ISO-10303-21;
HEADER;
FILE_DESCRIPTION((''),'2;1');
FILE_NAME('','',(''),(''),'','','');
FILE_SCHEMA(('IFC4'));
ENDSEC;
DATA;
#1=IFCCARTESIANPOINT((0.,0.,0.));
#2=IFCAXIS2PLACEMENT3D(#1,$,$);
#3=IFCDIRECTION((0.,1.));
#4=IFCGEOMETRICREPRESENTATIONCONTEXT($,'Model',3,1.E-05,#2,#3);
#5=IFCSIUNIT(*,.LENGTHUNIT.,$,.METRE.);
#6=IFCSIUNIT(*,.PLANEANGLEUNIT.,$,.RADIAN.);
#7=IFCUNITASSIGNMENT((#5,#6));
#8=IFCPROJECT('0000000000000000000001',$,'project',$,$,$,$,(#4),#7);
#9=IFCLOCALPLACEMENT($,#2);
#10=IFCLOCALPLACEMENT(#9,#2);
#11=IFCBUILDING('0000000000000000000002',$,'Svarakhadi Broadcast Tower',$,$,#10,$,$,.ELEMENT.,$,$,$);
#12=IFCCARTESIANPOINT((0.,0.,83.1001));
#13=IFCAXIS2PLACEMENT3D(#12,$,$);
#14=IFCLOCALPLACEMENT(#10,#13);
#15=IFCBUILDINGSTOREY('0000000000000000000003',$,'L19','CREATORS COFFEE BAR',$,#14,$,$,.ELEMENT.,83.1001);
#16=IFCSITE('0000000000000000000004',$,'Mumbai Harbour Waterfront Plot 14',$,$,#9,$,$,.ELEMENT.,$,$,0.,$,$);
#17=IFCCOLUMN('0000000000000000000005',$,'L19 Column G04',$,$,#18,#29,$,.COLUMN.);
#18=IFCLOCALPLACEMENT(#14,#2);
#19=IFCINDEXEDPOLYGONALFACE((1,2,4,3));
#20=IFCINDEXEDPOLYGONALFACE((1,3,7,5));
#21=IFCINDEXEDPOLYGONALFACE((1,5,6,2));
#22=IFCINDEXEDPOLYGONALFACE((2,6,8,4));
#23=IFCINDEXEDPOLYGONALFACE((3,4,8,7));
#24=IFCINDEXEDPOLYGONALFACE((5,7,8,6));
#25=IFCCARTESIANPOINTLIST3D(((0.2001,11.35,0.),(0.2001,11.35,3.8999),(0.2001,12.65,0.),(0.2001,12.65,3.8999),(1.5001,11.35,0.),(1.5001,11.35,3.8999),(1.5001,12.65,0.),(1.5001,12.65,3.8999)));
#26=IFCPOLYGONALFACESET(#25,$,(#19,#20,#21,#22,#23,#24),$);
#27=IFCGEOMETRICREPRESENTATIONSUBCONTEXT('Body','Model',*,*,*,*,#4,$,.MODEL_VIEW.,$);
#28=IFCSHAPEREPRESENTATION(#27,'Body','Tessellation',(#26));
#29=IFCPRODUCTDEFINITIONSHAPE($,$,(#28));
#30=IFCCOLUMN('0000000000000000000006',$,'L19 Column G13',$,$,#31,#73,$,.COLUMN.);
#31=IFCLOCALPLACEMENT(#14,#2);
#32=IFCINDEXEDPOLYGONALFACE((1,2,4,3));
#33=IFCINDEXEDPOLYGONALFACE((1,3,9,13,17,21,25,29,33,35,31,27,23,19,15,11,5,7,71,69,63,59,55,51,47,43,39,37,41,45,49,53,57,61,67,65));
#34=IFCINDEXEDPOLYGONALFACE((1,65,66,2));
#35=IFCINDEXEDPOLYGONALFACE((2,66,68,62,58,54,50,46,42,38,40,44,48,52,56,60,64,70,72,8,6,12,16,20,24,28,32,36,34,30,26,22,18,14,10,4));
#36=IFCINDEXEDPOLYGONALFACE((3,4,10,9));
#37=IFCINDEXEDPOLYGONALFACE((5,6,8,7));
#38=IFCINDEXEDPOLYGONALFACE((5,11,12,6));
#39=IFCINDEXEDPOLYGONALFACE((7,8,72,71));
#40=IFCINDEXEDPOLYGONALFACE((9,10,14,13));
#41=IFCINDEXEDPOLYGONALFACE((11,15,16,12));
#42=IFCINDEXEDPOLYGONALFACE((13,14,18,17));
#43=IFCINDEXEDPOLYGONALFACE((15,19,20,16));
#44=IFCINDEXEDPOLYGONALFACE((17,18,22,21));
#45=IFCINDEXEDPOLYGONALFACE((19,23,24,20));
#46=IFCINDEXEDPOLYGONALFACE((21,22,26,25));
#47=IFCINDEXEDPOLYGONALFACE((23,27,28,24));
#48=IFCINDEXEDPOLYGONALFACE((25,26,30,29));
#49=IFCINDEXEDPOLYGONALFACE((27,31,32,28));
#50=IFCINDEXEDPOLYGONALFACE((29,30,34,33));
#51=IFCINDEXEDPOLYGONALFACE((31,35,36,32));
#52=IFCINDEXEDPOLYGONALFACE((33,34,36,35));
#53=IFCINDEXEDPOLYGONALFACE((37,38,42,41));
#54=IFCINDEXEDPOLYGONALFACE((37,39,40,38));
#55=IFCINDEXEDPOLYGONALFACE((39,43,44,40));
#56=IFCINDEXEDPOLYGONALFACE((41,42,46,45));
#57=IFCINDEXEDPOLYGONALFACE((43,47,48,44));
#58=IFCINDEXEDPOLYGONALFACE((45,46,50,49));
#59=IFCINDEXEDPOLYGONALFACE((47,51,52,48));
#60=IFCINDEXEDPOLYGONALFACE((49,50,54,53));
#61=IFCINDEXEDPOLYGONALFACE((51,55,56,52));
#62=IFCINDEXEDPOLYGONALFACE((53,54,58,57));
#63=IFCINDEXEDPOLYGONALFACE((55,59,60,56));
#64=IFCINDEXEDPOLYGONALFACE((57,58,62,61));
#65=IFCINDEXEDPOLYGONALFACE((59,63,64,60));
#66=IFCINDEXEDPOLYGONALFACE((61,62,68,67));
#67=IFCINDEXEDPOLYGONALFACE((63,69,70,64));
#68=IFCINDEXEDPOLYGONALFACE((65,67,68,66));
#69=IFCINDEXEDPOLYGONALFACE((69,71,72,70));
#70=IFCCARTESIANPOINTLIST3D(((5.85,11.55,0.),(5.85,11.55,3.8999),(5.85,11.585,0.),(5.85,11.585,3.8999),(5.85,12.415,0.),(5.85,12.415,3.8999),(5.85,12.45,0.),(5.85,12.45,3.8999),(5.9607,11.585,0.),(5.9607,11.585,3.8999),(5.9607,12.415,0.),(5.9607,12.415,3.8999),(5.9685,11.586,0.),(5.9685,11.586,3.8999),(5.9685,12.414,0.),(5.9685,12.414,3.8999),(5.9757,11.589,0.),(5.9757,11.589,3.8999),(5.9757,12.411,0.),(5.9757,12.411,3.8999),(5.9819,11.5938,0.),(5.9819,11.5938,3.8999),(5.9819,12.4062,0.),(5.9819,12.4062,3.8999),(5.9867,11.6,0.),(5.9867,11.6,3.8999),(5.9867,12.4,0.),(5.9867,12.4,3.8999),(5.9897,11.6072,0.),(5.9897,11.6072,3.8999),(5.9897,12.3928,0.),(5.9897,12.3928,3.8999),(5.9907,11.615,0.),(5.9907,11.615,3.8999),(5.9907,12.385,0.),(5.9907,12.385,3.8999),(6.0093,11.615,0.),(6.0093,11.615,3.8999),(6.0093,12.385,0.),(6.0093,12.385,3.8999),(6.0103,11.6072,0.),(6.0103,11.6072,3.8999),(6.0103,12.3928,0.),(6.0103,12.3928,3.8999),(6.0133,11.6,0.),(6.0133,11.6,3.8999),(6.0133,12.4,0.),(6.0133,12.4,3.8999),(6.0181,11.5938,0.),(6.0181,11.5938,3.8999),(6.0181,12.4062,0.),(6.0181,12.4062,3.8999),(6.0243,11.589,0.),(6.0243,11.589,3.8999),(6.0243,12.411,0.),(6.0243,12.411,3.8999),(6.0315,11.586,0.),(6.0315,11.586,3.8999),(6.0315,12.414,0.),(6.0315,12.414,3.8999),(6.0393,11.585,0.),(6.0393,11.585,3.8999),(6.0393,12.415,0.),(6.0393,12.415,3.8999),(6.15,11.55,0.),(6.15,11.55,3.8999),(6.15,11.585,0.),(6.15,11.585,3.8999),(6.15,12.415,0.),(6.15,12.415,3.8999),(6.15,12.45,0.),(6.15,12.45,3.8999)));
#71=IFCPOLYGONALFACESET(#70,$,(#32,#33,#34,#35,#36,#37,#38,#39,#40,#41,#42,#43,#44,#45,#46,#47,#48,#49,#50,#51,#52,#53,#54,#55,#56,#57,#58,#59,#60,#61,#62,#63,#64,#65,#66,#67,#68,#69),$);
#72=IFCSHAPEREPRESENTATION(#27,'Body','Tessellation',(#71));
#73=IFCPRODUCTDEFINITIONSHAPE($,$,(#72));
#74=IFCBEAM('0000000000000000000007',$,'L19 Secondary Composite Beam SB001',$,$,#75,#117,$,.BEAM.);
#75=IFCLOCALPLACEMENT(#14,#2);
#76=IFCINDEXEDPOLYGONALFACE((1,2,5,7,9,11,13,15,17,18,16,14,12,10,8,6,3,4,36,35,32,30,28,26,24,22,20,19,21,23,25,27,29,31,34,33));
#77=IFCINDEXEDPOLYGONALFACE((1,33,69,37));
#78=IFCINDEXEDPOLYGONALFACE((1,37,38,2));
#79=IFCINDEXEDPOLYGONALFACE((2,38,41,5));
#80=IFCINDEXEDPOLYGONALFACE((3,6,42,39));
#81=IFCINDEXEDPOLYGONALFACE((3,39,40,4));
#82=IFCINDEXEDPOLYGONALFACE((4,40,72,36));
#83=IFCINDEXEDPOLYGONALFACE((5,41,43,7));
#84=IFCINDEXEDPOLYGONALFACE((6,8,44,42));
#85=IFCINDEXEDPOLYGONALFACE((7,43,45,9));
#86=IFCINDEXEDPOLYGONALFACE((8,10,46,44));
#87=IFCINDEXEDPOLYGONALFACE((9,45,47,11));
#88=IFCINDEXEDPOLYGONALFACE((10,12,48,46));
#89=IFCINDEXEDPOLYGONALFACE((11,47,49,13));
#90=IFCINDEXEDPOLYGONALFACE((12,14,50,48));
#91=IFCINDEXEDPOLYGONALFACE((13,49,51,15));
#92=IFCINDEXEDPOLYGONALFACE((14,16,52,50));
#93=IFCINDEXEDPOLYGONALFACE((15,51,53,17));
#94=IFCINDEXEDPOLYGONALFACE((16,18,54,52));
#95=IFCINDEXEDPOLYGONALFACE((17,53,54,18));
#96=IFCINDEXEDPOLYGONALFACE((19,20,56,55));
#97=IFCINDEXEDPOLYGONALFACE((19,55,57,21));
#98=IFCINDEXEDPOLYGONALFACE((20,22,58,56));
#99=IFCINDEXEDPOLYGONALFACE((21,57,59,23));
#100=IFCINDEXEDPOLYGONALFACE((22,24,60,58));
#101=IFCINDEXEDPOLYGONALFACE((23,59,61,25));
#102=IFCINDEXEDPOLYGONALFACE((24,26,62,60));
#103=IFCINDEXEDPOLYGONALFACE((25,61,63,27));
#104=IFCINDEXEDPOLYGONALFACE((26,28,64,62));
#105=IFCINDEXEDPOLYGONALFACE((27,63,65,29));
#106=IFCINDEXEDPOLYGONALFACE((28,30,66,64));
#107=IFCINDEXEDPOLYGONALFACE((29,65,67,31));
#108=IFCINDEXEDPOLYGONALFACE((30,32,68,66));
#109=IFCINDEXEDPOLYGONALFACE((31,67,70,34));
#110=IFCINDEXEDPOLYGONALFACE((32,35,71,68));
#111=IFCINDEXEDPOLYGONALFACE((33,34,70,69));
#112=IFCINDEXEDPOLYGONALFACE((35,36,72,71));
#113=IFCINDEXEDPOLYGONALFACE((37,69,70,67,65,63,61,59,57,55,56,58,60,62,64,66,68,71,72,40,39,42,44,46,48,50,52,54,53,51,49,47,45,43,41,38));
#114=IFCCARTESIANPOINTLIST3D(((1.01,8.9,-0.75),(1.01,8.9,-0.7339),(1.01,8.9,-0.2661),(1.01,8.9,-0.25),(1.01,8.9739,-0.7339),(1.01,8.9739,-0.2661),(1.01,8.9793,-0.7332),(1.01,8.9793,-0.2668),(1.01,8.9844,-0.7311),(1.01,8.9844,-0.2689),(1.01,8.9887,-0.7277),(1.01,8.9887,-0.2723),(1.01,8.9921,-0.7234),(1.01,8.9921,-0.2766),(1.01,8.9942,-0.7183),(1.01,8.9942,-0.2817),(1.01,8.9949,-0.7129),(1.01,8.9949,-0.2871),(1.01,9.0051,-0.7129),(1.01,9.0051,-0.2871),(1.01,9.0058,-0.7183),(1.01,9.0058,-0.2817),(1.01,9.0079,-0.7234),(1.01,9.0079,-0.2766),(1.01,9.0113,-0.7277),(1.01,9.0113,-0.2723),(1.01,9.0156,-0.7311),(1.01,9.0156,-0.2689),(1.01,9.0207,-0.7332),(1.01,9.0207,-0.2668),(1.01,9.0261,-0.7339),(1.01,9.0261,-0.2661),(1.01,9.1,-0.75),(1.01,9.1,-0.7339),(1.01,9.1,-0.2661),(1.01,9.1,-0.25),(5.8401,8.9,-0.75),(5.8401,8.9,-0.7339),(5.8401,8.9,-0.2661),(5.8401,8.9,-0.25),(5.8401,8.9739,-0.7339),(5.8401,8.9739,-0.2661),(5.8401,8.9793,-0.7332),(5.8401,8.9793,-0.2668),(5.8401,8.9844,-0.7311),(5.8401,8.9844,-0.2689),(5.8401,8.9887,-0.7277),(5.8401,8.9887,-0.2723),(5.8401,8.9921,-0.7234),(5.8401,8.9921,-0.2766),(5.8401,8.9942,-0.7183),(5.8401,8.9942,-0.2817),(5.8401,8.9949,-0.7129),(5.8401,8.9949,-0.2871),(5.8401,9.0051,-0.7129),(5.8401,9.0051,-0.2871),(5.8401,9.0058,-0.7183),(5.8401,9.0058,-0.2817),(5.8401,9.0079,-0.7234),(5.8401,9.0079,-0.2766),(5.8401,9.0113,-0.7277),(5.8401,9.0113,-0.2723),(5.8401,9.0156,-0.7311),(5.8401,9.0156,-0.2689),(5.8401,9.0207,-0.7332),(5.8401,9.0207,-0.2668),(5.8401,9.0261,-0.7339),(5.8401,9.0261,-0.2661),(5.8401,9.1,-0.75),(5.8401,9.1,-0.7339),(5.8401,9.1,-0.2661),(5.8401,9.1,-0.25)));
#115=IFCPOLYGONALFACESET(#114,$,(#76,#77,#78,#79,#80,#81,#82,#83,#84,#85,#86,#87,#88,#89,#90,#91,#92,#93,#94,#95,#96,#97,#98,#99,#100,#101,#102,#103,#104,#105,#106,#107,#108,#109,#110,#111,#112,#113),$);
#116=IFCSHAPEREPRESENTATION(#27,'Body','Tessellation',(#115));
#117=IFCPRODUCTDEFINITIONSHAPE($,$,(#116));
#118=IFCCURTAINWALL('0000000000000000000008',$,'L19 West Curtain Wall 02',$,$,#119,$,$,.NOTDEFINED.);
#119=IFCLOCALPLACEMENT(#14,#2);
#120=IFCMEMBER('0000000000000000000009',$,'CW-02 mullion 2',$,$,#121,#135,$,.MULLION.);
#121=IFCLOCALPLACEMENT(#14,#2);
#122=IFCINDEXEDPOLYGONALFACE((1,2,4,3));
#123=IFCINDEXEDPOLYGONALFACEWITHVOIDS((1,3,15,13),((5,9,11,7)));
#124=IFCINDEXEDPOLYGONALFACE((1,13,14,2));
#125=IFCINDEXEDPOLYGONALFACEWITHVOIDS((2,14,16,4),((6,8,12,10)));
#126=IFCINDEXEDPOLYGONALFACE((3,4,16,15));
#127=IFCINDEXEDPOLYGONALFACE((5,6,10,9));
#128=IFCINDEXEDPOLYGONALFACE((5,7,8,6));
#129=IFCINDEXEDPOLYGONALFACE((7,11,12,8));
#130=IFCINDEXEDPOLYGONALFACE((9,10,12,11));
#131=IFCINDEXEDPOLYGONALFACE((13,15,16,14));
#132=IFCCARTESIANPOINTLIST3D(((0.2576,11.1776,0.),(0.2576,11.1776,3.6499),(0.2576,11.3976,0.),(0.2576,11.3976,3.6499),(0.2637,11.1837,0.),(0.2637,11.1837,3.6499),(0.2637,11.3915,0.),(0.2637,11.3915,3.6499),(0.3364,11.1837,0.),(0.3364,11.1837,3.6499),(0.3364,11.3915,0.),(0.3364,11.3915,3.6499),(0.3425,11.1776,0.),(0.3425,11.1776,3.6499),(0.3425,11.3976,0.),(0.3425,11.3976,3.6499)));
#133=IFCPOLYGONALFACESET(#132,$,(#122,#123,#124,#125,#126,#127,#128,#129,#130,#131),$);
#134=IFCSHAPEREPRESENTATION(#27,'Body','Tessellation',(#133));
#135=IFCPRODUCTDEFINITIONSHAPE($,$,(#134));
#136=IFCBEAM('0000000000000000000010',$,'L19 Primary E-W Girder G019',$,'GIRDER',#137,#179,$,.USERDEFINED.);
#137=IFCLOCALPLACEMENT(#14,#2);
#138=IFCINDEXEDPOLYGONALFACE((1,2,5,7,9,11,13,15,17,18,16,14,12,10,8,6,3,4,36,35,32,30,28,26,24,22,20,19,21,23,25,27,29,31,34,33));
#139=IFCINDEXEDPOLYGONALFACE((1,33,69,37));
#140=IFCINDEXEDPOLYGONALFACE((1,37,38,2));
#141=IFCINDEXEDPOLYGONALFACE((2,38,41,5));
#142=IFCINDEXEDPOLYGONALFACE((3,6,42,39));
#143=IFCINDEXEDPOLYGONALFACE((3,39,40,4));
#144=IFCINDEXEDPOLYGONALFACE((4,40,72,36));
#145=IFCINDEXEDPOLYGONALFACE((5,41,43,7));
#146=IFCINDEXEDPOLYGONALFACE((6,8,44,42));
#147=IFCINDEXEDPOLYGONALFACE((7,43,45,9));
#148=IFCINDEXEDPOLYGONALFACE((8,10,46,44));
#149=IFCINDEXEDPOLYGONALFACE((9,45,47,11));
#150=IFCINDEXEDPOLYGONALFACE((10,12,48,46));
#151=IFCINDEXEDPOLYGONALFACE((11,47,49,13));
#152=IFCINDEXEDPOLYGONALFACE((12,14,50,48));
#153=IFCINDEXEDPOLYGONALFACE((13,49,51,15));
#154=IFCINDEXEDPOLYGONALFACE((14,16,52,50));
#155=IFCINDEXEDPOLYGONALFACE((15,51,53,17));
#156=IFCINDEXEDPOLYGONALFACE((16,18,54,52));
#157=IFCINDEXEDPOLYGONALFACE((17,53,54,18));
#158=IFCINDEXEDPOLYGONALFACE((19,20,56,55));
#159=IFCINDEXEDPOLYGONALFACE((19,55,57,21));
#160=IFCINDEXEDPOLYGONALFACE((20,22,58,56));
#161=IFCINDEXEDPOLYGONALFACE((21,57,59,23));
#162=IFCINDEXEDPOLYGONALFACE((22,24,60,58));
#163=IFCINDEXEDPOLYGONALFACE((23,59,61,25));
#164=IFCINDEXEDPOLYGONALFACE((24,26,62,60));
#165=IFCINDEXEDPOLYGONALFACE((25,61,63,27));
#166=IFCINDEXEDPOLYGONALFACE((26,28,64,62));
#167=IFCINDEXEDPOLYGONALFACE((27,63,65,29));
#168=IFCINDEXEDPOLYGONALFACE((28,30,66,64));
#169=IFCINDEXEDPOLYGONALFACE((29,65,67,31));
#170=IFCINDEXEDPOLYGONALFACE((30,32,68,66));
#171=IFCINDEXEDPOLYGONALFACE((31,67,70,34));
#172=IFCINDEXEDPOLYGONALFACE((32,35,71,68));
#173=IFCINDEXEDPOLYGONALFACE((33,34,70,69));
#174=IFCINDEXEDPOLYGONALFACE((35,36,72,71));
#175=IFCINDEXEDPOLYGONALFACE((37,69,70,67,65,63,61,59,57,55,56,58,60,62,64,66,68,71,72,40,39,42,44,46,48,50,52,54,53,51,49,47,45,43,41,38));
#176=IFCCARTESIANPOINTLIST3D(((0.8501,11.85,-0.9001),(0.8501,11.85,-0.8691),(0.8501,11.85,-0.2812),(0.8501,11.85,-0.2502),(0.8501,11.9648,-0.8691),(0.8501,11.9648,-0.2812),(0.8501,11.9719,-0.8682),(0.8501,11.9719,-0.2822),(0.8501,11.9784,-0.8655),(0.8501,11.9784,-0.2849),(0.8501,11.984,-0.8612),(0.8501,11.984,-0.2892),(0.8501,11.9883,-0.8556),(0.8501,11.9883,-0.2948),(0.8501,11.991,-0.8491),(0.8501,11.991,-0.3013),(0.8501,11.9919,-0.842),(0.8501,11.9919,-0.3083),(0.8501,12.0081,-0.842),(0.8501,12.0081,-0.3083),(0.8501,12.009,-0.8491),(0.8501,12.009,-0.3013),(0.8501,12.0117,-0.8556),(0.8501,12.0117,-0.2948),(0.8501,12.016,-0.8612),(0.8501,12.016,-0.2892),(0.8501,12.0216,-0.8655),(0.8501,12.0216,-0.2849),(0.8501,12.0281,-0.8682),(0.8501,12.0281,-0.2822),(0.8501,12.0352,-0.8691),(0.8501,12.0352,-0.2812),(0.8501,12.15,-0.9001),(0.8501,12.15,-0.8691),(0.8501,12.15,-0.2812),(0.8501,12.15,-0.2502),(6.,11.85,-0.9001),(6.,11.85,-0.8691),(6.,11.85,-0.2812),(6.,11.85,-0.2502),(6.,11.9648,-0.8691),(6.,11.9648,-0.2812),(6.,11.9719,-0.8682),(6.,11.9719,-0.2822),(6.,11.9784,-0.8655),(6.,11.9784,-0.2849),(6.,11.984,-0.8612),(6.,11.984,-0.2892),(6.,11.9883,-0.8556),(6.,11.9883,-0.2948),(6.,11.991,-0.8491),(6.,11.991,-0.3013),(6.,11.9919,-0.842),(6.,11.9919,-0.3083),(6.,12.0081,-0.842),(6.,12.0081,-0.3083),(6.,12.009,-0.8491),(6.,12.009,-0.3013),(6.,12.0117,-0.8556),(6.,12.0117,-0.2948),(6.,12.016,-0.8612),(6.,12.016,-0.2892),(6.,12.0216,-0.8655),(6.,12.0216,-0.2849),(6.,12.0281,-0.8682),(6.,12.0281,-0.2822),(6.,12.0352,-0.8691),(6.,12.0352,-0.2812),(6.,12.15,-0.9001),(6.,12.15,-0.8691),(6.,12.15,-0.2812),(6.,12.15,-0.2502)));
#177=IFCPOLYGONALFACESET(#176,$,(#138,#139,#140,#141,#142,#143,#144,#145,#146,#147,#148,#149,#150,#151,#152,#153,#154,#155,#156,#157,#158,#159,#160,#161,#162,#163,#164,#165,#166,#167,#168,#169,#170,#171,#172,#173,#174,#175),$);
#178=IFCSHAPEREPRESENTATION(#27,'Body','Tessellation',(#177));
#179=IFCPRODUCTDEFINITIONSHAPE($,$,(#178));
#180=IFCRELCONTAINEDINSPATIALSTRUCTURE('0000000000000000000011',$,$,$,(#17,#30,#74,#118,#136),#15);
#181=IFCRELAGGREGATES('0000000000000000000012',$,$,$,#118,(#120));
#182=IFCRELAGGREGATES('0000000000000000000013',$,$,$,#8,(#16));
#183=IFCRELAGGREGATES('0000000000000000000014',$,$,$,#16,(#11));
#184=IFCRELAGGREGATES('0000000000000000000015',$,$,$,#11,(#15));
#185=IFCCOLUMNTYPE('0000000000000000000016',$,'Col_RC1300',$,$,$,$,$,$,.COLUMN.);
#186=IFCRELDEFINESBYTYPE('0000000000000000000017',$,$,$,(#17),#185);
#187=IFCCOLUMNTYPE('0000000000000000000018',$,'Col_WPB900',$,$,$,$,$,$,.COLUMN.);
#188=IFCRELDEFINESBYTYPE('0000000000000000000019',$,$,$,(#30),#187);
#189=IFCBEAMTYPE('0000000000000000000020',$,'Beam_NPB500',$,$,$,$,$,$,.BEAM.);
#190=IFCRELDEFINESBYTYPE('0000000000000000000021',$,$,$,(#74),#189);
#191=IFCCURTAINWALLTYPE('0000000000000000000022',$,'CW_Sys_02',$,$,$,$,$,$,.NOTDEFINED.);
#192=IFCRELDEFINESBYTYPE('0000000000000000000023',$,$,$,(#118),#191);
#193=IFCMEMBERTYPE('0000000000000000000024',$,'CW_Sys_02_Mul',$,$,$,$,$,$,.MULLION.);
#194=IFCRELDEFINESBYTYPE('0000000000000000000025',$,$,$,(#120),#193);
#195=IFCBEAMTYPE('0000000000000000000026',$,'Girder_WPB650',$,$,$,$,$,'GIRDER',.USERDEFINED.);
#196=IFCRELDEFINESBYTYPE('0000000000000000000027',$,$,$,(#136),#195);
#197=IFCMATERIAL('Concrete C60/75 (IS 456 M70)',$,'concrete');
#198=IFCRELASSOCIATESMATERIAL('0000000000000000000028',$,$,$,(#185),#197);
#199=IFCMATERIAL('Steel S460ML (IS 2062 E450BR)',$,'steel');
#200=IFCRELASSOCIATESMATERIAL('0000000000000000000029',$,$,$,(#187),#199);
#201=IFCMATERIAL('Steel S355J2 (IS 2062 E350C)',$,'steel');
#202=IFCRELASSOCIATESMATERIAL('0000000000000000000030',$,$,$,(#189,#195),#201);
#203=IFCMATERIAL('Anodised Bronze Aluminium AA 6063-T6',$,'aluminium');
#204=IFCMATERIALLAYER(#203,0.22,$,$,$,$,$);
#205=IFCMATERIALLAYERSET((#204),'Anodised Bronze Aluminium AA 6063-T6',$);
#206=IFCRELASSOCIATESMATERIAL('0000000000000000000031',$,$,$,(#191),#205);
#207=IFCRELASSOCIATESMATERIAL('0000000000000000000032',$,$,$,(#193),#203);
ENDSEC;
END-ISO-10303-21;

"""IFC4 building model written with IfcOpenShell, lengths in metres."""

from ifc_helpers import new_model, si_unit, direction, frame, origin, origin_2d, place, context, subcontext, project, spatial, rectangle, hollow_rectangle, i_section, extrude, material, layer, layer_set, material_profile, profile_set, type_object, element, aggregate, save


model = new_model("IFC4")

# Units and contexts
model_context = context("Model", 3, precision=1e-05, world=origin(), true_north=direction((0.0, 1.0)))
body_context = subcontext(model_context, "Body", "Model", "MODEL_VIEW")
ifc_project = project(units=[si_unit("LENGTHUNIT", "METRE"), si_unit("PLANEANGLEUNIT", "RADIAN")], contexts=[model_context])

# Site, building, storey
site_placement = place(None, origin())
site = spatial("IfcSite", under=ifc_project, at=site_placement, Name="Mumbai Harbour Waterfront Plot 14", CompositionType="ELEMENT", RefElevation=0.0)
building_placement = place(site_placement, origin())
building = spatial("IfcBuilding", under=site, at=building_placement, Name="Svarakhadi Broadcast Tower", CompositionType="ELEMENT")
storey_placement = place(building_placement, frame((0.0, 0.0, 83.1001)))
storey = spatial("IfcBuildingStorey", under=building, at=storey_placement, Name="L19", Description="CREATORS COFFEE BAR", CompositionType="ELEMENT", Elevation=83.1001)

# Columns
ifc_material_1 = material(Name="Concrete C60/75 (IS 456 M70)", Category="concrete")
ifc_material_profile_1 = material_profile(ifc_material_1, rectangle(XDim=1.3, YDim=1.3, at=origin_2d()), Name="RC 1300x1300")
ifc_profile_set_1 = profile_set([ifc_material_profile_1], Name="Concrete C60/75 (IS 456 M70)")
column_type_1 = type_object("IfcColumnType", Name="Col_RC1300", PredefinedType="COLUMN", material=ifc_profile_set_1)
column_1_placement = place(storey_placement, frame((0.8501, 12.0, 0.0), z_axis=(0.0, 0.0, 1.0), x_axis=(1.0, 0.0, 0.0)))
element("IfcColumn", 1, at=column_1_placement, inside=storey, type_object=column_type_1, Name="L19 Column G04", PredefinedType="COLUMN", context=body_context, shape_type="SweptSolid", body=[
    extrude(rectangle(XDim=1.3, YDim=1.3, at=origin_2d()), origin(), (0.0, 0.0, 1.0), 3.8999),
])
ifc_material_2 = material(Name="Steel S460ML (IS 2062 E450BR)", Category="steel")
ifc_material_profile_2 = material_profile(ifc_material_2, i_section(OverallWidth=0.3, OverallDepth=0.8999, WebThickness=0.0186, FlangeThickness=0.0349, FilletRadius=0.03, at=origin_2d()), Name="WPB 900x300x291")
ifc_profile_set_2 = profile_set([ifc_material_profile_2], Name="Steel S460ML (IS 2062 E450BR)")
column_type_2 = type_object("IfcColumnType", Name="Col_WPB900", PredefinedType="COLUMN", material=ifc_profile_set_2)
column_2_placement = place(storey_placement, frame((6.0, 12.0, 0.0), z_axis=(0.0, 0.0, 1.0), x_axis=(1.0, 0.0, 0.0)))
element("IfcColumn", 2, at=column_2_placement, inside=storey, type_object=column_type_2, Name="L19 Column G13", PredefinedType="COLUMN", context=body_context, shape_type="SweptSolid", body=[
    extrude(i_section(OverallWidth=0.3, OverallDepth=0.8999, WebThickness=0.0186, FlangeThickness=0.0349, FilletRadius=0.03, at=origin_2d()), origin(), (0.0, 0.0, 1.0), 3.8999),
])

# Beam
ifc_material_3 = material(Name="Steel S355J2 (IS 2062 E350C)", Category="steel")
ifc_material_profile_3 = material_profile(ifc_material_3, i_section(OverallWidth=0.2, OverallDepth=0.5, WebThickness=0.0103, FlangeThickness=0.0161, FilletRadius=0.021, at=origin_2d()), Name="NPB 500x200x91")
ifc_profile_set_3 = profile_set([ifc_material_profile_3], Name="Steel S355J2 (IS 2062 E350C)")
beam_type_1 = type_object("IfcBeamType", Name="Beam_NPB500", PredefinedType="BEAM", material=ifc_profile_set_3)
beam_1_placement = place(storey_placement, frame((1.01, 9.0, -0.5), z_axis=(1.0, 0.0, 0.0), x_axis=(0.0, 1.0, 0.0)))
element("IfcBeam", 3, at=beam_1_placement, inside=storey, type_object=beam_type_1, Name="L19 Secondary Composite Beam SB001", PredefinedType="BEAM", context=body_context, shape_type="SweptSolid", body=[
    extrude(i_section(OverallWidth=0.2, OverallDepth=0.5, WebThickness=0.0103, FlangeThickness=0.0161, FilletRadius=0.021, at=origin_2d()), origin(), (0.0, 0.0, 1.0), 4.8301),
])

# Curtain wall, member
ifc_material_4 = material(Name="Anodised Bronze Aluminium AA 6063-T6", Category="aluminium")
ifc_layer_1 = layer(ifc_material_4, 0.22)
ifc_layer_set_1 = layer_set([ifc_layer_1], Name="Anodised Bronze Aluminium AA 6063-T6")
curtain_wall_type = type_object("IfcCurtainWallType", Name="CW_Sys_02", PredefinedType="NOTDEFINED", material=ifc_layer_set_1)
curtain_wall_placement = place(storey_placement, origin())
curtain_wall = element("IfcCurtainWall", 4, at=curtain_wall_placement, inside=storey, type_object=curtain_wall_type, Name="L19 West Curtain Wall 02", PredefinedType="NOTDEFINED")
ifc_material_profile_4 = material_profile(ifc_material_4, hollow_rectangle(XDim=0.085, YDim=0.22, WallThickness=0.0061, at=origin_2d()), Name="ALU MULLION 220x85x6")
ifc_profile_set_4 = profile_set([ifc_material_profile_4], Name="Anodised Bronze Aluminium AA 6063-T6")
member_type = type_object("IfcMemberType", Name="CW_Sys_02_Mul", PredefinedType="MULLION", material=ifc_profile_set_4)
member_placement = place(storey_placement, frame((0.3, 11.2876, 0.0), z_axis=(0.0, 0.0, 1.0), x_axis=(-1.0, 0.0, 0.0)))
member = element("IfcMember", 5, at=member_placement, type_object=member_type, Name="CW-02 mullion 2", PredefinedType="MULLION", context=body_context, shape_type="SweptSolid", body=[
    extrude(hollow_rectangle(XDim=0.085, YDim=0.22, WallThickness=0.0061, at=origin_2d()), origin(), (0.0, 0.0, 1.0), 3.6499),
])
aggregate(curtain_wall, [member])

# Beam
ifc_material_profile_5 = material_profile(ifc_material_3, i_section(OverallWidth=0.3, OverallDepth=0.6499, WebThickness=0.0161, FlangeThickness=0.031, FilletRadius=0.0271, at=origin_2d()), Name="WPB 650x300x225")
ifc_profile_set_5 = profile_set([ifc_material_profile_5], Name="Steel S355J2 (IS 2062 E350C)")
beam_type_2 = type_object("IfcBeamType", Name="Girder_WPB650", ElementType="GIRDER", PredefinedType="USERDEFINED", material=ifc_profile_set_5)
beam_2_placement = place(storey_placement, frame((0.8501, 12.0, -0.5752), z_axis=(1.0, 0.0, 0.0), x_axis=(0.0, 1.0, 0.0)))
element("IfcBeam", 6, at=beam_2_placement, inside=storey, type_object=beam_type_2, Name="L19 Primary E-W Girder G019", ObjectType="GIRDER", PredefinedType="USERDEFINED", context=body_context, shape_type="SweptSolid", body=[
    extrude(i_section(OverallWidth=0.3, OverallDepth=0.6499, WebThickness=0.0161, FlangeThickness=0.031, FilletRadius=0.0271, at=origin_2d()), origin(), (0.0, 0.0, 1.0), 5.1499),
])

save(model, "model.ifc")
